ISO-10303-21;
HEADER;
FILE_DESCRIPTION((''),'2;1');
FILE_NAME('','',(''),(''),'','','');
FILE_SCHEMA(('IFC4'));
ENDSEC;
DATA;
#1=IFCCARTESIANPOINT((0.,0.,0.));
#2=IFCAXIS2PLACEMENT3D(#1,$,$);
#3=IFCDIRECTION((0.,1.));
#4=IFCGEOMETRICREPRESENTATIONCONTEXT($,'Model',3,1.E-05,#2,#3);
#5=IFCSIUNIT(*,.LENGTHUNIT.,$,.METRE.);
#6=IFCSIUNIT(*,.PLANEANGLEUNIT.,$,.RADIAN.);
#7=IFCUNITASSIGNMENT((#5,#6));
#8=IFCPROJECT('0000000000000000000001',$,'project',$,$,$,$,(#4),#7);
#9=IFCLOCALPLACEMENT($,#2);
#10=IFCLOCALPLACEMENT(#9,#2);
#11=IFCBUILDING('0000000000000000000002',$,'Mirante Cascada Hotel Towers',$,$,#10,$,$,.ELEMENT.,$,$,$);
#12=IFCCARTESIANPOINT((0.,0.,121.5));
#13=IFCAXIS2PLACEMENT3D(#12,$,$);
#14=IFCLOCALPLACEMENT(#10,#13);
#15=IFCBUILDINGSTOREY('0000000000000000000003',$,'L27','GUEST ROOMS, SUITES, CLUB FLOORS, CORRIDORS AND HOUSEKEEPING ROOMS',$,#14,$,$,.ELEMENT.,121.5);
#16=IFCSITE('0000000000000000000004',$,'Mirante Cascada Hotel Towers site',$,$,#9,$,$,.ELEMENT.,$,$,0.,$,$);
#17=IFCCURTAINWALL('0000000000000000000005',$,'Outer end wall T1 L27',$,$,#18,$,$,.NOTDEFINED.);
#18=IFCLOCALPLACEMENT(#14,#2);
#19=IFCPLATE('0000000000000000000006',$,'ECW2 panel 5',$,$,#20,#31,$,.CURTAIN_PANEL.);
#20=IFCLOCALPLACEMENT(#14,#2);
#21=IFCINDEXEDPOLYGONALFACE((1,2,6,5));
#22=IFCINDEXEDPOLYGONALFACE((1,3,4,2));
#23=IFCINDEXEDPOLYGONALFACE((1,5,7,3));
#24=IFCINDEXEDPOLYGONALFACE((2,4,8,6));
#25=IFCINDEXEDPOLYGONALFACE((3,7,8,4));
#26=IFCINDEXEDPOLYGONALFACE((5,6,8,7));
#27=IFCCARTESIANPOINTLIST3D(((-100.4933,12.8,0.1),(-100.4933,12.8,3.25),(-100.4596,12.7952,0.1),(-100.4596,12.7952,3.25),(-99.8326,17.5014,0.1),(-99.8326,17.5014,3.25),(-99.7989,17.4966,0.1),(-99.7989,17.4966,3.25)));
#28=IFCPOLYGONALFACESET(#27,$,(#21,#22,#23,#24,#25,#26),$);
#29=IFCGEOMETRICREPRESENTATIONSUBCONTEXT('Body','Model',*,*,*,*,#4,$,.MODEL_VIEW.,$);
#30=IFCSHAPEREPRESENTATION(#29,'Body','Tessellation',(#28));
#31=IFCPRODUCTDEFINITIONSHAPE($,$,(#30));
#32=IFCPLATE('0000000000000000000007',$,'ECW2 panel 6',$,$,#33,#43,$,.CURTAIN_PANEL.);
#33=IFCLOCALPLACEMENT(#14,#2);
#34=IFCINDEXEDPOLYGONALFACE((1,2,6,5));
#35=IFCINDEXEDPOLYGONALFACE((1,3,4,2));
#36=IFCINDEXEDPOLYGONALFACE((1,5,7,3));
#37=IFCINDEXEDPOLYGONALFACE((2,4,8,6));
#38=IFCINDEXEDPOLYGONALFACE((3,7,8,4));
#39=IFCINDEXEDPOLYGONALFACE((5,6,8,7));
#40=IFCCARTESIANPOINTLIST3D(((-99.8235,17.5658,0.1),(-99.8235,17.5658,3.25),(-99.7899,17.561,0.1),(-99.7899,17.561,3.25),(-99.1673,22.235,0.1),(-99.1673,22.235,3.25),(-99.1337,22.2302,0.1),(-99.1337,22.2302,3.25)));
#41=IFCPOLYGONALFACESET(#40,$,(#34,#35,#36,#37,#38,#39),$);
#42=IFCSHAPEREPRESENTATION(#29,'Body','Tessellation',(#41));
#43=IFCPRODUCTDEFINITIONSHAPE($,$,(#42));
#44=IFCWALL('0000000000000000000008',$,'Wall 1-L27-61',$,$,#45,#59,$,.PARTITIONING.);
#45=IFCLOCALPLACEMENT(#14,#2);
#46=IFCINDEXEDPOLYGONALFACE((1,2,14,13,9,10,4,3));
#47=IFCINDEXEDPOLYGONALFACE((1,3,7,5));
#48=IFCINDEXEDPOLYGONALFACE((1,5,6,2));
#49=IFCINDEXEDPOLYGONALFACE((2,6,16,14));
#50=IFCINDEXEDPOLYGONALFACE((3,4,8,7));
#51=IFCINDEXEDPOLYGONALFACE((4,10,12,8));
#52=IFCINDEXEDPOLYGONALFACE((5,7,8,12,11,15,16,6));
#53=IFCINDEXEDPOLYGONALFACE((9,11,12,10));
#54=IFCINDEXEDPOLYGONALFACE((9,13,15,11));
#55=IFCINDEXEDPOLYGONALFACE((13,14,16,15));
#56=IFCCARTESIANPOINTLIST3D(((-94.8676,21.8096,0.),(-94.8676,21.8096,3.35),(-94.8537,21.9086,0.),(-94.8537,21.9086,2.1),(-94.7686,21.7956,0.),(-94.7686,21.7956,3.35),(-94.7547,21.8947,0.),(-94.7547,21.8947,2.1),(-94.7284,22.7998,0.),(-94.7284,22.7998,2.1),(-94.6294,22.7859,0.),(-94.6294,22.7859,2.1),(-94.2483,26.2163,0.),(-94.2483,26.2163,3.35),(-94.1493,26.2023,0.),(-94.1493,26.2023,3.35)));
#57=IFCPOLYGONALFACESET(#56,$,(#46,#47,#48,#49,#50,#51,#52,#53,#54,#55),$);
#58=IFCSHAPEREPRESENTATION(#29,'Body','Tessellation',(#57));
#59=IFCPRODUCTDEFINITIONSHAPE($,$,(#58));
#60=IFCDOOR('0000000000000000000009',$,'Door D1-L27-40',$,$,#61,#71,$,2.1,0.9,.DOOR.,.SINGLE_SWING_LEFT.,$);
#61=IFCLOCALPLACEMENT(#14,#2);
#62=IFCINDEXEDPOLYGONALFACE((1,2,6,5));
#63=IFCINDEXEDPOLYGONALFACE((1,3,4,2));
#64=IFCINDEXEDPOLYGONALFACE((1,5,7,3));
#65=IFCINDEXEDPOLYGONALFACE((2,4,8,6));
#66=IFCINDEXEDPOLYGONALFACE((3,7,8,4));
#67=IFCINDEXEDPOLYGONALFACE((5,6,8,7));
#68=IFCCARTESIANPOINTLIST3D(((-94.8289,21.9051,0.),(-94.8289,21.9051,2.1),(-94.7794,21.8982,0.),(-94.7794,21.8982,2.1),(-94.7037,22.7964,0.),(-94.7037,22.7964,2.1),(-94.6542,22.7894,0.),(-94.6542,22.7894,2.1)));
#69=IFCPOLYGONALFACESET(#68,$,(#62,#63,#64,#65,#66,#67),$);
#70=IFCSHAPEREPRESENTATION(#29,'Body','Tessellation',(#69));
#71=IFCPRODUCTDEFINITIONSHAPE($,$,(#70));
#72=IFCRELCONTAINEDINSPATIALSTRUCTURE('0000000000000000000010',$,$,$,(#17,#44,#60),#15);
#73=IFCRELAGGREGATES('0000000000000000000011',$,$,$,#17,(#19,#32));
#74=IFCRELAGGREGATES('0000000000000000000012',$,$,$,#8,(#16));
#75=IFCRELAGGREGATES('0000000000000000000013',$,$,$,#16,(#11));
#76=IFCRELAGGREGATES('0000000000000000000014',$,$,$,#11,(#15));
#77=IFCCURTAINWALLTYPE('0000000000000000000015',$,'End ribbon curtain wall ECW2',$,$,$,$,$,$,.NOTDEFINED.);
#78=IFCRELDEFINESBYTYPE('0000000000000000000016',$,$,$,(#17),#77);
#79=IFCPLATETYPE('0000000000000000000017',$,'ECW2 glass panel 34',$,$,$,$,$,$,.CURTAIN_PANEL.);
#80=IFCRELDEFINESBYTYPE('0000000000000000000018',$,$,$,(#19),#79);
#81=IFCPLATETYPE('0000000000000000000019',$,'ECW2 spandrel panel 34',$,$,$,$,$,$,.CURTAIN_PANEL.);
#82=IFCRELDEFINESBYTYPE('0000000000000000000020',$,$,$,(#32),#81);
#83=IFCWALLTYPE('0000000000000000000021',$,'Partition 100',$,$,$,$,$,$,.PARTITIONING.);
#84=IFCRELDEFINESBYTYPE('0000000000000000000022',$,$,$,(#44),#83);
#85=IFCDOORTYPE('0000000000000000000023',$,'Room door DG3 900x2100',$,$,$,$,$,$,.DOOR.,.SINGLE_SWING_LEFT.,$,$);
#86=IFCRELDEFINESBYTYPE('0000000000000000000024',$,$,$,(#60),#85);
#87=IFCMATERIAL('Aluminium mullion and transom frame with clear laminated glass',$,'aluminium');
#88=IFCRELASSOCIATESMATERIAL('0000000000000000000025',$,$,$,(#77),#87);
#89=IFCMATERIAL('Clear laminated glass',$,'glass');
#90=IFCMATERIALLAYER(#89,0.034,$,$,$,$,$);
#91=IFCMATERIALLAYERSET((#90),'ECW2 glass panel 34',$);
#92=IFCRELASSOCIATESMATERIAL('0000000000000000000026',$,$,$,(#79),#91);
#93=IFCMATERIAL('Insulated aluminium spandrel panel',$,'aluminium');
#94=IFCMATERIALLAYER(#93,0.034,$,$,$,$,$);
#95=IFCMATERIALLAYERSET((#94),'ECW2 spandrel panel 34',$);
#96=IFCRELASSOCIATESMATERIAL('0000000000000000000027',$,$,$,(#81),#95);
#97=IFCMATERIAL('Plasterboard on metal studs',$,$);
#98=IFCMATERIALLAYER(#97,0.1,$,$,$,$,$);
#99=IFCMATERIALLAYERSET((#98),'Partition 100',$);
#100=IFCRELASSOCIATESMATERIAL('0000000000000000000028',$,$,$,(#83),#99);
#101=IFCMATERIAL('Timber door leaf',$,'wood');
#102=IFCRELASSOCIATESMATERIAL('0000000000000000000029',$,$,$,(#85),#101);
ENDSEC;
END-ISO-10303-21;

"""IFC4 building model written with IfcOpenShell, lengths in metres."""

from ifc_helpers import new_model, si_unit, direction, frame, frame_2d, origin, origin_2d, place, context, subcontext, project, spatial, rectangle, extrude, material, layer, layer_set, type_object, element, fill, aggregate, save


model = new_model("IFC4")

# Units and contexts
model_context = context("Model", 3, precision=1e-05, world=origin(), true_north=direction((0.0, 1.0)))
body_context = subcontext(model_context, "Body", "Model", "MODEL_VIEW")
ifc_project = project(units=[si_unit("LENGTHUNIT", "METRE"), si_unit("PLANEANGLEUNIT", "RADIAN")], contexts=[model_context])

# Site, building, storey
site_placement = place(None, origin())
site = spatial("IfcSite", under=ifc_project, at=site_placement, Name="Mirante Cascada Hotel Towers site", CompositionType="ELEMENT", RefElevation=0.0)
building_placement = place(site_placement, origin())
building = spatial("IfcBuilding", under=site, at=building_placement, Name="Mirante Cascada Hotel Towers", CompositionType="ELEMENT")
storey_placement = place(building_placement, frame((0.0, 0.0, 121.5)))
storey = spatial("IfcBuildingStorey", under=building, at=storey_placement, Name="L27", Description="GUEST ROOMS, SUITES, CLUB FLOORS, CORRIDORS AND HOUSEKEEPING ROOMS", CompositionType="ELEMENT", Elevation=121.5)

# Curtain wall
ifc_material_1 = material(Name="Aluminium mullion and transom frame with clear laminated glass", Category="aluminium")
curtain_wall_type_1 = type_object("IfcCurtainWallType", Name="End ribbon curtain wall ECW2", PredefinedType="NOTDEFINED", material=ifc_material_1)
curtain_wall_1_placement = place(storey_placement, origin())
curtain_wall_1 = element("IfcCurtainWall", 1, at=curtain_wall_1_placement, inside=storey, type_object=curtain_wall_type_1, Name="Outer end wall T1 L27", PredefinedType="NOTDEFINED")

# Plates
ifc_material_2 = material(Name="Clear laminated glass", Category="glass")
ifc_layer_1 = layer(ifc_material_2, 0.034)
ifc_layer_set_1 = layer_set([ifc_layer_1], Name="ECW2 glass panel 34")
plate_type_1 = type_object("IfcPlateType", Name="ECW2 glass panel 34", PredefinedType="CURTAIN_PANEL", material=ifc_layer_set_1)
plate_1_placement = place(storey_placement, frame((-100.1461, 15.1483, 0.1), z_axis=(0.0, 0.0, 1.0), x_axis=(0.139173, 0.990268, 0.0)))
plate_1 = element("IfcPlate", 2, at=plate_1_placement, type_object=plate_type_1, Name="ECW2 panel 5", PredefinedType="CURTAIN_PANEL", context=body_context, shape_type="SweptSolid", body=[
    extrude(rectangle(XDim=4.7476, YDim=0.034, at=origin_2d()), origin(), (0.0, 0.0, 1.0), 3.15),
])
ifc_material_3 = material(Name="Insulated aluminium spandrel panel", Category="aluminium")
ifc_layer_2 = layer(ifc_material_3, 0.034)
ifc_layer_set_2 = layer_set([ifc_layer_2], Name="ECW2 spandrel panel 34")
plate_type_2 = type_object("IfcPlateType", Name="ECW2 spandrel panel 34", PredefinedType="CURTAIN_PANEL", material=ifc_layer_set_2)
plate_2_placement = place(storey_placement, frame((-99.4786, 19.898, 0.1), z_axis=(0.0, 0.0, 1.0), x_axis=(0.139173, 0.990268, 0.0)))
plate_2 = element("IfcPlate", 3, at=plate_2_placement, type_object=plate_type_2, Name="ECW2 panel 6", PredefinedType="CURTAIN_PANEL", context=body_context, shape_type="SweptSolid", body=[
    extrude(rectangle(XDim=4.7151, YDim=0.034, at=origin_2d()), origin(), (0.0, 0.0, 1.0), 3.15),
])
aggregate(curtain_wall_1, [plate_1, plate_2])

# Wall, opening, door
ifc_material_4 = material(Name="Plasterboard on metal studs")
ifc_layer_3 = layer(ifc_material_4, 0.1)
ifc_layer_set_3 = layer_set([ifc_layer_3], Name="Partition 100")
wall_type = type_object("IfcWallType", Name="Partition 100", PredefinedType="PARTITIONING", material=ifc_layer_set_3)
wall_placement = place(storey_placement, frame((-94.1988, 26.2093, 0.0), z_axis=(0.0, 0.0, 1.0), x_axis=(-0.139168, -0.990269, 0.0)))
wall = element("IfcWall", 4, at=wall_placement, inside=storey, type_object=wall_type, Name="Wall 1-L27-61", PredefinedType="PARTITIONING", context=body_context, shape_type="SweptSolid", body=[
    extrude(rectangle(XDim=4.45, YDim=0.1, at=frame_2d((2.225, 0.0))), origin(), (0.0, 0.0, 1.0), 3.35),
])
opening_placement = place(wall_placement, frame((3.45, 0.0, 0.0)))
opening = element("IfcOpeningElement", 5, at=opening_placement, cuts=wall, PredefinedType="OPENING", context=body_context, shape_type="SweptSolid", body=[
    extrude(rectangle(XDim=0.9, YDim=2.1, at=frame_2d((0.45, 1.05))), frame((0.0, 0.05, 0.0), z_axis=(0.0, -1.0, 0.0), x_axis=(1.0, 0.0, 0.0)), (0.0, 0.0, 1.0), 0.1),
])
ifc_material_5 = material(Name="Timber door leaf", Category="wood")
door_type = type_object("IfcDoorType", Name="Room door DG3 900x2100", OperationType="SINGLE_SWING_LEFT", PredefinedType="DOOR", material=ifc_material_5)
door_placement = place(opening_placement, origin())
door = element("IfcDoor", 6, at=door_placement, inside=storey, type_object=door_type, Name="Door D1-L27-40", OperationType="SINGLE_SWING_LEFT", OverallHeight=2.1, OverallWidth=0.9, PredefinedType="DOOR", context=body_context, shape_type="SweptSolid", body=[
    extrude(rectangle(XDim=0.9, YDim=2.1, at=frame_2d((0.45, 1.05))), frame((0.0, 0.025, 0.0), z_axis=(0.0, -1.0, 0.0), x_axis=(1.0, 0.0, 0.0)), (0.0, 0.0, 1.0), 0.05),
])
fill(opening, door)

save(model, "model.ifc")
